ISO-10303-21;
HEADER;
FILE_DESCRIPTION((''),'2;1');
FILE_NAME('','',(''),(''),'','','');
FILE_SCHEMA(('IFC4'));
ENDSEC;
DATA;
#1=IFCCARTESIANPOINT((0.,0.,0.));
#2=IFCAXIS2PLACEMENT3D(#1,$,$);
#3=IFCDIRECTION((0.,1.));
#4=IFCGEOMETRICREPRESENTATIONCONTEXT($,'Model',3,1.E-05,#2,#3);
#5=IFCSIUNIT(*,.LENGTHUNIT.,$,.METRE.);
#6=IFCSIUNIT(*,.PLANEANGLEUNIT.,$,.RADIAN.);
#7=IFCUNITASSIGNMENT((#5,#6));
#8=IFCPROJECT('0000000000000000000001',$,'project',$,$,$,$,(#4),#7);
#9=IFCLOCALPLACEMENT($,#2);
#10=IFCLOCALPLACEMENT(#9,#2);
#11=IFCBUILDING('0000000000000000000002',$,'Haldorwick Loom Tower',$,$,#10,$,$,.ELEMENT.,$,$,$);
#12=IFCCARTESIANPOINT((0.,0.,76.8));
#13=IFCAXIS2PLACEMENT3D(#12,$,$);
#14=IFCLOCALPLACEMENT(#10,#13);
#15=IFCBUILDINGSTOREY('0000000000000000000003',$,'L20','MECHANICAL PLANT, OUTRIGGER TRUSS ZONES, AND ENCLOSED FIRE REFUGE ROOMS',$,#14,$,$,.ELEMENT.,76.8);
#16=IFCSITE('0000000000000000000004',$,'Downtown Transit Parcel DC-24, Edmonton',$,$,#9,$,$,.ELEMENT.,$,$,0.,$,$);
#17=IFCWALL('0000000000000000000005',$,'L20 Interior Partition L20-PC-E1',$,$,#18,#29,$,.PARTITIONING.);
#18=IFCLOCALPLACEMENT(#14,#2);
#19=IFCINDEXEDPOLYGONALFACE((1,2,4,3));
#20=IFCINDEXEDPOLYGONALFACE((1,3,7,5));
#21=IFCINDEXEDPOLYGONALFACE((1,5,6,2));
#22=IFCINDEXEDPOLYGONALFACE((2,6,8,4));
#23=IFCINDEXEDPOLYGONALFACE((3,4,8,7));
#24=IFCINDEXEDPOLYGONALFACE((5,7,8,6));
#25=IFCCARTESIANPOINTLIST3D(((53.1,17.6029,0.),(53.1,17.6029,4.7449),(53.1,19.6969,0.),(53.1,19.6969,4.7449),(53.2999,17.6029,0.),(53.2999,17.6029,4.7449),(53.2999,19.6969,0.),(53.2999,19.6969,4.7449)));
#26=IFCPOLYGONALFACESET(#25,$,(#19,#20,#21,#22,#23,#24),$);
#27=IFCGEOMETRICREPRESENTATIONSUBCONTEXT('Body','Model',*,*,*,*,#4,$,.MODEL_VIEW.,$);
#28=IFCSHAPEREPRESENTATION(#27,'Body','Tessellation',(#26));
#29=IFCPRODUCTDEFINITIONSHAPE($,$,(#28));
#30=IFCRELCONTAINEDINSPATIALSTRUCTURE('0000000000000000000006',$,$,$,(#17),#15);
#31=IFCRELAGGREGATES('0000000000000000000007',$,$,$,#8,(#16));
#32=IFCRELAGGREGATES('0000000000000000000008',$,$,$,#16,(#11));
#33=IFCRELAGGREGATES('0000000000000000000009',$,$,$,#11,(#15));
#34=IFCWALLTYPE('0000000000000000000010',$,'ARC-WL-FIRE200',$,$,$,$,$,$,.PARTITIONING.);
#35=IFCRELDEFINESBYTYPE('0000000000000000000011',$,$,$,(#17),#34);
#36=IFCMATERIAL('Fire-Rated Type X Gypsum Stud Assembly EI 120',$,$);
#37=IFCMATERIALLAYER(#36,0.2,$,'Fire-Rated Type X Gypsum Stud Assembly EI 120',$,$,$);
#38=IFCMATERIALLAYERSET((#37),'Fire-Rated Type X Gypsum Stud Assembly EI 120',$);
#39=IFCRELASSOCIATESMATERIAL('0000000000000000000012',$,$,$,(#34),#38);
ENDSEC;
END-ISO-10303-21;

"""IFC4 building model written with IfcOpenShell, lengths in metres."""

from ifc_helpers import new_model, si_unit, direction, frame, frame_2d, origin, place, context, subcontext, project, spatial, rectangle, extrude, material, layer, layer_set, type_object, element, save


model = new_model("IFC4")

# Units and contexts
model_context = context("Model", 3, precision=1e-05, world=origin(), true_north=direction((0.0, 1.0)))
body_context = subcontext(model_context, "Body", "Model", "MODEL_VIEW")
ifc_project = project(units=[si_unit("LENGTHUNIT", "METRE"), si_unit("PLANEANGLEUNIT", "RADIAN")], contexts=[model_context])

# Site, building, storey
site_placement = place(None, origin())
site = spatial("IfcSite", under=ifc_project, at=site_placement, Name="Downtown Transit Parcel DC-24, Edmonton", CompositionType="ELEMENT", RefElevation=0.0)
building_placement = place(site_placement, origin())
building = spatial("IfcBuilding", under=site, at=building_placement, Name="Haldorwick Loom Tower", CompositionType="ELEMENT")
storey_placement = place(building_placement, frame((0.0, 0.0, 76.8)))
storey = spatial("IfcBuildingStorey", under=building, at=storey_placement, Name="L20", Description="MECHANICAL PLANT, OUTRIGGER TRUSS ZONES, AND ENCLOSED FIRE REFUGE ROOMS", CompositionType="ELEMENT", Elevation=76.8)

# Wall
ifc_material_1 = material(Name="Fire-Rated Type X Gypsum Stud Assembly EI 120")
ifc_layer_1 = layer(ifc_material_1, 0.2, Name="Fire-Rated Type X Gypsum Stud Assembly EI 120")
ifc_layer_set_1 = layer_set([ifc_layer_1], Name="Fire-Rated Type X Gypsum Stud Assembly EI 120")
wall_type_1 = type_object("IfcWallType", Name="ARC-WL-FIRE200", PredefinedType="PARTITIONING", material=ifc_layer_set_1)
wall_1_placement = place(storey_placement, frame((53.2, 17.603, 0.0), z_axis=(0.0, 0.0, 1.0), x_axis=(0.0, 1.0, 0.0)))
element("IfcWall", 1, at=wall_1_placement, inside=storey, type_object=wall_type_1, Name="L20 Interior Partition L20-PC-E1", PredefinedType="PARTITIONING", context=body_context, shape_type="SweptSolid", body=[
    extrude(rectangle(XDim=2.094, YDim=0.2, at=frame_2d((1.0469, 0.0))), origin(), (0.0, 0.0, 1.0), 4.7449),
])

save(model, "model.ifc")
